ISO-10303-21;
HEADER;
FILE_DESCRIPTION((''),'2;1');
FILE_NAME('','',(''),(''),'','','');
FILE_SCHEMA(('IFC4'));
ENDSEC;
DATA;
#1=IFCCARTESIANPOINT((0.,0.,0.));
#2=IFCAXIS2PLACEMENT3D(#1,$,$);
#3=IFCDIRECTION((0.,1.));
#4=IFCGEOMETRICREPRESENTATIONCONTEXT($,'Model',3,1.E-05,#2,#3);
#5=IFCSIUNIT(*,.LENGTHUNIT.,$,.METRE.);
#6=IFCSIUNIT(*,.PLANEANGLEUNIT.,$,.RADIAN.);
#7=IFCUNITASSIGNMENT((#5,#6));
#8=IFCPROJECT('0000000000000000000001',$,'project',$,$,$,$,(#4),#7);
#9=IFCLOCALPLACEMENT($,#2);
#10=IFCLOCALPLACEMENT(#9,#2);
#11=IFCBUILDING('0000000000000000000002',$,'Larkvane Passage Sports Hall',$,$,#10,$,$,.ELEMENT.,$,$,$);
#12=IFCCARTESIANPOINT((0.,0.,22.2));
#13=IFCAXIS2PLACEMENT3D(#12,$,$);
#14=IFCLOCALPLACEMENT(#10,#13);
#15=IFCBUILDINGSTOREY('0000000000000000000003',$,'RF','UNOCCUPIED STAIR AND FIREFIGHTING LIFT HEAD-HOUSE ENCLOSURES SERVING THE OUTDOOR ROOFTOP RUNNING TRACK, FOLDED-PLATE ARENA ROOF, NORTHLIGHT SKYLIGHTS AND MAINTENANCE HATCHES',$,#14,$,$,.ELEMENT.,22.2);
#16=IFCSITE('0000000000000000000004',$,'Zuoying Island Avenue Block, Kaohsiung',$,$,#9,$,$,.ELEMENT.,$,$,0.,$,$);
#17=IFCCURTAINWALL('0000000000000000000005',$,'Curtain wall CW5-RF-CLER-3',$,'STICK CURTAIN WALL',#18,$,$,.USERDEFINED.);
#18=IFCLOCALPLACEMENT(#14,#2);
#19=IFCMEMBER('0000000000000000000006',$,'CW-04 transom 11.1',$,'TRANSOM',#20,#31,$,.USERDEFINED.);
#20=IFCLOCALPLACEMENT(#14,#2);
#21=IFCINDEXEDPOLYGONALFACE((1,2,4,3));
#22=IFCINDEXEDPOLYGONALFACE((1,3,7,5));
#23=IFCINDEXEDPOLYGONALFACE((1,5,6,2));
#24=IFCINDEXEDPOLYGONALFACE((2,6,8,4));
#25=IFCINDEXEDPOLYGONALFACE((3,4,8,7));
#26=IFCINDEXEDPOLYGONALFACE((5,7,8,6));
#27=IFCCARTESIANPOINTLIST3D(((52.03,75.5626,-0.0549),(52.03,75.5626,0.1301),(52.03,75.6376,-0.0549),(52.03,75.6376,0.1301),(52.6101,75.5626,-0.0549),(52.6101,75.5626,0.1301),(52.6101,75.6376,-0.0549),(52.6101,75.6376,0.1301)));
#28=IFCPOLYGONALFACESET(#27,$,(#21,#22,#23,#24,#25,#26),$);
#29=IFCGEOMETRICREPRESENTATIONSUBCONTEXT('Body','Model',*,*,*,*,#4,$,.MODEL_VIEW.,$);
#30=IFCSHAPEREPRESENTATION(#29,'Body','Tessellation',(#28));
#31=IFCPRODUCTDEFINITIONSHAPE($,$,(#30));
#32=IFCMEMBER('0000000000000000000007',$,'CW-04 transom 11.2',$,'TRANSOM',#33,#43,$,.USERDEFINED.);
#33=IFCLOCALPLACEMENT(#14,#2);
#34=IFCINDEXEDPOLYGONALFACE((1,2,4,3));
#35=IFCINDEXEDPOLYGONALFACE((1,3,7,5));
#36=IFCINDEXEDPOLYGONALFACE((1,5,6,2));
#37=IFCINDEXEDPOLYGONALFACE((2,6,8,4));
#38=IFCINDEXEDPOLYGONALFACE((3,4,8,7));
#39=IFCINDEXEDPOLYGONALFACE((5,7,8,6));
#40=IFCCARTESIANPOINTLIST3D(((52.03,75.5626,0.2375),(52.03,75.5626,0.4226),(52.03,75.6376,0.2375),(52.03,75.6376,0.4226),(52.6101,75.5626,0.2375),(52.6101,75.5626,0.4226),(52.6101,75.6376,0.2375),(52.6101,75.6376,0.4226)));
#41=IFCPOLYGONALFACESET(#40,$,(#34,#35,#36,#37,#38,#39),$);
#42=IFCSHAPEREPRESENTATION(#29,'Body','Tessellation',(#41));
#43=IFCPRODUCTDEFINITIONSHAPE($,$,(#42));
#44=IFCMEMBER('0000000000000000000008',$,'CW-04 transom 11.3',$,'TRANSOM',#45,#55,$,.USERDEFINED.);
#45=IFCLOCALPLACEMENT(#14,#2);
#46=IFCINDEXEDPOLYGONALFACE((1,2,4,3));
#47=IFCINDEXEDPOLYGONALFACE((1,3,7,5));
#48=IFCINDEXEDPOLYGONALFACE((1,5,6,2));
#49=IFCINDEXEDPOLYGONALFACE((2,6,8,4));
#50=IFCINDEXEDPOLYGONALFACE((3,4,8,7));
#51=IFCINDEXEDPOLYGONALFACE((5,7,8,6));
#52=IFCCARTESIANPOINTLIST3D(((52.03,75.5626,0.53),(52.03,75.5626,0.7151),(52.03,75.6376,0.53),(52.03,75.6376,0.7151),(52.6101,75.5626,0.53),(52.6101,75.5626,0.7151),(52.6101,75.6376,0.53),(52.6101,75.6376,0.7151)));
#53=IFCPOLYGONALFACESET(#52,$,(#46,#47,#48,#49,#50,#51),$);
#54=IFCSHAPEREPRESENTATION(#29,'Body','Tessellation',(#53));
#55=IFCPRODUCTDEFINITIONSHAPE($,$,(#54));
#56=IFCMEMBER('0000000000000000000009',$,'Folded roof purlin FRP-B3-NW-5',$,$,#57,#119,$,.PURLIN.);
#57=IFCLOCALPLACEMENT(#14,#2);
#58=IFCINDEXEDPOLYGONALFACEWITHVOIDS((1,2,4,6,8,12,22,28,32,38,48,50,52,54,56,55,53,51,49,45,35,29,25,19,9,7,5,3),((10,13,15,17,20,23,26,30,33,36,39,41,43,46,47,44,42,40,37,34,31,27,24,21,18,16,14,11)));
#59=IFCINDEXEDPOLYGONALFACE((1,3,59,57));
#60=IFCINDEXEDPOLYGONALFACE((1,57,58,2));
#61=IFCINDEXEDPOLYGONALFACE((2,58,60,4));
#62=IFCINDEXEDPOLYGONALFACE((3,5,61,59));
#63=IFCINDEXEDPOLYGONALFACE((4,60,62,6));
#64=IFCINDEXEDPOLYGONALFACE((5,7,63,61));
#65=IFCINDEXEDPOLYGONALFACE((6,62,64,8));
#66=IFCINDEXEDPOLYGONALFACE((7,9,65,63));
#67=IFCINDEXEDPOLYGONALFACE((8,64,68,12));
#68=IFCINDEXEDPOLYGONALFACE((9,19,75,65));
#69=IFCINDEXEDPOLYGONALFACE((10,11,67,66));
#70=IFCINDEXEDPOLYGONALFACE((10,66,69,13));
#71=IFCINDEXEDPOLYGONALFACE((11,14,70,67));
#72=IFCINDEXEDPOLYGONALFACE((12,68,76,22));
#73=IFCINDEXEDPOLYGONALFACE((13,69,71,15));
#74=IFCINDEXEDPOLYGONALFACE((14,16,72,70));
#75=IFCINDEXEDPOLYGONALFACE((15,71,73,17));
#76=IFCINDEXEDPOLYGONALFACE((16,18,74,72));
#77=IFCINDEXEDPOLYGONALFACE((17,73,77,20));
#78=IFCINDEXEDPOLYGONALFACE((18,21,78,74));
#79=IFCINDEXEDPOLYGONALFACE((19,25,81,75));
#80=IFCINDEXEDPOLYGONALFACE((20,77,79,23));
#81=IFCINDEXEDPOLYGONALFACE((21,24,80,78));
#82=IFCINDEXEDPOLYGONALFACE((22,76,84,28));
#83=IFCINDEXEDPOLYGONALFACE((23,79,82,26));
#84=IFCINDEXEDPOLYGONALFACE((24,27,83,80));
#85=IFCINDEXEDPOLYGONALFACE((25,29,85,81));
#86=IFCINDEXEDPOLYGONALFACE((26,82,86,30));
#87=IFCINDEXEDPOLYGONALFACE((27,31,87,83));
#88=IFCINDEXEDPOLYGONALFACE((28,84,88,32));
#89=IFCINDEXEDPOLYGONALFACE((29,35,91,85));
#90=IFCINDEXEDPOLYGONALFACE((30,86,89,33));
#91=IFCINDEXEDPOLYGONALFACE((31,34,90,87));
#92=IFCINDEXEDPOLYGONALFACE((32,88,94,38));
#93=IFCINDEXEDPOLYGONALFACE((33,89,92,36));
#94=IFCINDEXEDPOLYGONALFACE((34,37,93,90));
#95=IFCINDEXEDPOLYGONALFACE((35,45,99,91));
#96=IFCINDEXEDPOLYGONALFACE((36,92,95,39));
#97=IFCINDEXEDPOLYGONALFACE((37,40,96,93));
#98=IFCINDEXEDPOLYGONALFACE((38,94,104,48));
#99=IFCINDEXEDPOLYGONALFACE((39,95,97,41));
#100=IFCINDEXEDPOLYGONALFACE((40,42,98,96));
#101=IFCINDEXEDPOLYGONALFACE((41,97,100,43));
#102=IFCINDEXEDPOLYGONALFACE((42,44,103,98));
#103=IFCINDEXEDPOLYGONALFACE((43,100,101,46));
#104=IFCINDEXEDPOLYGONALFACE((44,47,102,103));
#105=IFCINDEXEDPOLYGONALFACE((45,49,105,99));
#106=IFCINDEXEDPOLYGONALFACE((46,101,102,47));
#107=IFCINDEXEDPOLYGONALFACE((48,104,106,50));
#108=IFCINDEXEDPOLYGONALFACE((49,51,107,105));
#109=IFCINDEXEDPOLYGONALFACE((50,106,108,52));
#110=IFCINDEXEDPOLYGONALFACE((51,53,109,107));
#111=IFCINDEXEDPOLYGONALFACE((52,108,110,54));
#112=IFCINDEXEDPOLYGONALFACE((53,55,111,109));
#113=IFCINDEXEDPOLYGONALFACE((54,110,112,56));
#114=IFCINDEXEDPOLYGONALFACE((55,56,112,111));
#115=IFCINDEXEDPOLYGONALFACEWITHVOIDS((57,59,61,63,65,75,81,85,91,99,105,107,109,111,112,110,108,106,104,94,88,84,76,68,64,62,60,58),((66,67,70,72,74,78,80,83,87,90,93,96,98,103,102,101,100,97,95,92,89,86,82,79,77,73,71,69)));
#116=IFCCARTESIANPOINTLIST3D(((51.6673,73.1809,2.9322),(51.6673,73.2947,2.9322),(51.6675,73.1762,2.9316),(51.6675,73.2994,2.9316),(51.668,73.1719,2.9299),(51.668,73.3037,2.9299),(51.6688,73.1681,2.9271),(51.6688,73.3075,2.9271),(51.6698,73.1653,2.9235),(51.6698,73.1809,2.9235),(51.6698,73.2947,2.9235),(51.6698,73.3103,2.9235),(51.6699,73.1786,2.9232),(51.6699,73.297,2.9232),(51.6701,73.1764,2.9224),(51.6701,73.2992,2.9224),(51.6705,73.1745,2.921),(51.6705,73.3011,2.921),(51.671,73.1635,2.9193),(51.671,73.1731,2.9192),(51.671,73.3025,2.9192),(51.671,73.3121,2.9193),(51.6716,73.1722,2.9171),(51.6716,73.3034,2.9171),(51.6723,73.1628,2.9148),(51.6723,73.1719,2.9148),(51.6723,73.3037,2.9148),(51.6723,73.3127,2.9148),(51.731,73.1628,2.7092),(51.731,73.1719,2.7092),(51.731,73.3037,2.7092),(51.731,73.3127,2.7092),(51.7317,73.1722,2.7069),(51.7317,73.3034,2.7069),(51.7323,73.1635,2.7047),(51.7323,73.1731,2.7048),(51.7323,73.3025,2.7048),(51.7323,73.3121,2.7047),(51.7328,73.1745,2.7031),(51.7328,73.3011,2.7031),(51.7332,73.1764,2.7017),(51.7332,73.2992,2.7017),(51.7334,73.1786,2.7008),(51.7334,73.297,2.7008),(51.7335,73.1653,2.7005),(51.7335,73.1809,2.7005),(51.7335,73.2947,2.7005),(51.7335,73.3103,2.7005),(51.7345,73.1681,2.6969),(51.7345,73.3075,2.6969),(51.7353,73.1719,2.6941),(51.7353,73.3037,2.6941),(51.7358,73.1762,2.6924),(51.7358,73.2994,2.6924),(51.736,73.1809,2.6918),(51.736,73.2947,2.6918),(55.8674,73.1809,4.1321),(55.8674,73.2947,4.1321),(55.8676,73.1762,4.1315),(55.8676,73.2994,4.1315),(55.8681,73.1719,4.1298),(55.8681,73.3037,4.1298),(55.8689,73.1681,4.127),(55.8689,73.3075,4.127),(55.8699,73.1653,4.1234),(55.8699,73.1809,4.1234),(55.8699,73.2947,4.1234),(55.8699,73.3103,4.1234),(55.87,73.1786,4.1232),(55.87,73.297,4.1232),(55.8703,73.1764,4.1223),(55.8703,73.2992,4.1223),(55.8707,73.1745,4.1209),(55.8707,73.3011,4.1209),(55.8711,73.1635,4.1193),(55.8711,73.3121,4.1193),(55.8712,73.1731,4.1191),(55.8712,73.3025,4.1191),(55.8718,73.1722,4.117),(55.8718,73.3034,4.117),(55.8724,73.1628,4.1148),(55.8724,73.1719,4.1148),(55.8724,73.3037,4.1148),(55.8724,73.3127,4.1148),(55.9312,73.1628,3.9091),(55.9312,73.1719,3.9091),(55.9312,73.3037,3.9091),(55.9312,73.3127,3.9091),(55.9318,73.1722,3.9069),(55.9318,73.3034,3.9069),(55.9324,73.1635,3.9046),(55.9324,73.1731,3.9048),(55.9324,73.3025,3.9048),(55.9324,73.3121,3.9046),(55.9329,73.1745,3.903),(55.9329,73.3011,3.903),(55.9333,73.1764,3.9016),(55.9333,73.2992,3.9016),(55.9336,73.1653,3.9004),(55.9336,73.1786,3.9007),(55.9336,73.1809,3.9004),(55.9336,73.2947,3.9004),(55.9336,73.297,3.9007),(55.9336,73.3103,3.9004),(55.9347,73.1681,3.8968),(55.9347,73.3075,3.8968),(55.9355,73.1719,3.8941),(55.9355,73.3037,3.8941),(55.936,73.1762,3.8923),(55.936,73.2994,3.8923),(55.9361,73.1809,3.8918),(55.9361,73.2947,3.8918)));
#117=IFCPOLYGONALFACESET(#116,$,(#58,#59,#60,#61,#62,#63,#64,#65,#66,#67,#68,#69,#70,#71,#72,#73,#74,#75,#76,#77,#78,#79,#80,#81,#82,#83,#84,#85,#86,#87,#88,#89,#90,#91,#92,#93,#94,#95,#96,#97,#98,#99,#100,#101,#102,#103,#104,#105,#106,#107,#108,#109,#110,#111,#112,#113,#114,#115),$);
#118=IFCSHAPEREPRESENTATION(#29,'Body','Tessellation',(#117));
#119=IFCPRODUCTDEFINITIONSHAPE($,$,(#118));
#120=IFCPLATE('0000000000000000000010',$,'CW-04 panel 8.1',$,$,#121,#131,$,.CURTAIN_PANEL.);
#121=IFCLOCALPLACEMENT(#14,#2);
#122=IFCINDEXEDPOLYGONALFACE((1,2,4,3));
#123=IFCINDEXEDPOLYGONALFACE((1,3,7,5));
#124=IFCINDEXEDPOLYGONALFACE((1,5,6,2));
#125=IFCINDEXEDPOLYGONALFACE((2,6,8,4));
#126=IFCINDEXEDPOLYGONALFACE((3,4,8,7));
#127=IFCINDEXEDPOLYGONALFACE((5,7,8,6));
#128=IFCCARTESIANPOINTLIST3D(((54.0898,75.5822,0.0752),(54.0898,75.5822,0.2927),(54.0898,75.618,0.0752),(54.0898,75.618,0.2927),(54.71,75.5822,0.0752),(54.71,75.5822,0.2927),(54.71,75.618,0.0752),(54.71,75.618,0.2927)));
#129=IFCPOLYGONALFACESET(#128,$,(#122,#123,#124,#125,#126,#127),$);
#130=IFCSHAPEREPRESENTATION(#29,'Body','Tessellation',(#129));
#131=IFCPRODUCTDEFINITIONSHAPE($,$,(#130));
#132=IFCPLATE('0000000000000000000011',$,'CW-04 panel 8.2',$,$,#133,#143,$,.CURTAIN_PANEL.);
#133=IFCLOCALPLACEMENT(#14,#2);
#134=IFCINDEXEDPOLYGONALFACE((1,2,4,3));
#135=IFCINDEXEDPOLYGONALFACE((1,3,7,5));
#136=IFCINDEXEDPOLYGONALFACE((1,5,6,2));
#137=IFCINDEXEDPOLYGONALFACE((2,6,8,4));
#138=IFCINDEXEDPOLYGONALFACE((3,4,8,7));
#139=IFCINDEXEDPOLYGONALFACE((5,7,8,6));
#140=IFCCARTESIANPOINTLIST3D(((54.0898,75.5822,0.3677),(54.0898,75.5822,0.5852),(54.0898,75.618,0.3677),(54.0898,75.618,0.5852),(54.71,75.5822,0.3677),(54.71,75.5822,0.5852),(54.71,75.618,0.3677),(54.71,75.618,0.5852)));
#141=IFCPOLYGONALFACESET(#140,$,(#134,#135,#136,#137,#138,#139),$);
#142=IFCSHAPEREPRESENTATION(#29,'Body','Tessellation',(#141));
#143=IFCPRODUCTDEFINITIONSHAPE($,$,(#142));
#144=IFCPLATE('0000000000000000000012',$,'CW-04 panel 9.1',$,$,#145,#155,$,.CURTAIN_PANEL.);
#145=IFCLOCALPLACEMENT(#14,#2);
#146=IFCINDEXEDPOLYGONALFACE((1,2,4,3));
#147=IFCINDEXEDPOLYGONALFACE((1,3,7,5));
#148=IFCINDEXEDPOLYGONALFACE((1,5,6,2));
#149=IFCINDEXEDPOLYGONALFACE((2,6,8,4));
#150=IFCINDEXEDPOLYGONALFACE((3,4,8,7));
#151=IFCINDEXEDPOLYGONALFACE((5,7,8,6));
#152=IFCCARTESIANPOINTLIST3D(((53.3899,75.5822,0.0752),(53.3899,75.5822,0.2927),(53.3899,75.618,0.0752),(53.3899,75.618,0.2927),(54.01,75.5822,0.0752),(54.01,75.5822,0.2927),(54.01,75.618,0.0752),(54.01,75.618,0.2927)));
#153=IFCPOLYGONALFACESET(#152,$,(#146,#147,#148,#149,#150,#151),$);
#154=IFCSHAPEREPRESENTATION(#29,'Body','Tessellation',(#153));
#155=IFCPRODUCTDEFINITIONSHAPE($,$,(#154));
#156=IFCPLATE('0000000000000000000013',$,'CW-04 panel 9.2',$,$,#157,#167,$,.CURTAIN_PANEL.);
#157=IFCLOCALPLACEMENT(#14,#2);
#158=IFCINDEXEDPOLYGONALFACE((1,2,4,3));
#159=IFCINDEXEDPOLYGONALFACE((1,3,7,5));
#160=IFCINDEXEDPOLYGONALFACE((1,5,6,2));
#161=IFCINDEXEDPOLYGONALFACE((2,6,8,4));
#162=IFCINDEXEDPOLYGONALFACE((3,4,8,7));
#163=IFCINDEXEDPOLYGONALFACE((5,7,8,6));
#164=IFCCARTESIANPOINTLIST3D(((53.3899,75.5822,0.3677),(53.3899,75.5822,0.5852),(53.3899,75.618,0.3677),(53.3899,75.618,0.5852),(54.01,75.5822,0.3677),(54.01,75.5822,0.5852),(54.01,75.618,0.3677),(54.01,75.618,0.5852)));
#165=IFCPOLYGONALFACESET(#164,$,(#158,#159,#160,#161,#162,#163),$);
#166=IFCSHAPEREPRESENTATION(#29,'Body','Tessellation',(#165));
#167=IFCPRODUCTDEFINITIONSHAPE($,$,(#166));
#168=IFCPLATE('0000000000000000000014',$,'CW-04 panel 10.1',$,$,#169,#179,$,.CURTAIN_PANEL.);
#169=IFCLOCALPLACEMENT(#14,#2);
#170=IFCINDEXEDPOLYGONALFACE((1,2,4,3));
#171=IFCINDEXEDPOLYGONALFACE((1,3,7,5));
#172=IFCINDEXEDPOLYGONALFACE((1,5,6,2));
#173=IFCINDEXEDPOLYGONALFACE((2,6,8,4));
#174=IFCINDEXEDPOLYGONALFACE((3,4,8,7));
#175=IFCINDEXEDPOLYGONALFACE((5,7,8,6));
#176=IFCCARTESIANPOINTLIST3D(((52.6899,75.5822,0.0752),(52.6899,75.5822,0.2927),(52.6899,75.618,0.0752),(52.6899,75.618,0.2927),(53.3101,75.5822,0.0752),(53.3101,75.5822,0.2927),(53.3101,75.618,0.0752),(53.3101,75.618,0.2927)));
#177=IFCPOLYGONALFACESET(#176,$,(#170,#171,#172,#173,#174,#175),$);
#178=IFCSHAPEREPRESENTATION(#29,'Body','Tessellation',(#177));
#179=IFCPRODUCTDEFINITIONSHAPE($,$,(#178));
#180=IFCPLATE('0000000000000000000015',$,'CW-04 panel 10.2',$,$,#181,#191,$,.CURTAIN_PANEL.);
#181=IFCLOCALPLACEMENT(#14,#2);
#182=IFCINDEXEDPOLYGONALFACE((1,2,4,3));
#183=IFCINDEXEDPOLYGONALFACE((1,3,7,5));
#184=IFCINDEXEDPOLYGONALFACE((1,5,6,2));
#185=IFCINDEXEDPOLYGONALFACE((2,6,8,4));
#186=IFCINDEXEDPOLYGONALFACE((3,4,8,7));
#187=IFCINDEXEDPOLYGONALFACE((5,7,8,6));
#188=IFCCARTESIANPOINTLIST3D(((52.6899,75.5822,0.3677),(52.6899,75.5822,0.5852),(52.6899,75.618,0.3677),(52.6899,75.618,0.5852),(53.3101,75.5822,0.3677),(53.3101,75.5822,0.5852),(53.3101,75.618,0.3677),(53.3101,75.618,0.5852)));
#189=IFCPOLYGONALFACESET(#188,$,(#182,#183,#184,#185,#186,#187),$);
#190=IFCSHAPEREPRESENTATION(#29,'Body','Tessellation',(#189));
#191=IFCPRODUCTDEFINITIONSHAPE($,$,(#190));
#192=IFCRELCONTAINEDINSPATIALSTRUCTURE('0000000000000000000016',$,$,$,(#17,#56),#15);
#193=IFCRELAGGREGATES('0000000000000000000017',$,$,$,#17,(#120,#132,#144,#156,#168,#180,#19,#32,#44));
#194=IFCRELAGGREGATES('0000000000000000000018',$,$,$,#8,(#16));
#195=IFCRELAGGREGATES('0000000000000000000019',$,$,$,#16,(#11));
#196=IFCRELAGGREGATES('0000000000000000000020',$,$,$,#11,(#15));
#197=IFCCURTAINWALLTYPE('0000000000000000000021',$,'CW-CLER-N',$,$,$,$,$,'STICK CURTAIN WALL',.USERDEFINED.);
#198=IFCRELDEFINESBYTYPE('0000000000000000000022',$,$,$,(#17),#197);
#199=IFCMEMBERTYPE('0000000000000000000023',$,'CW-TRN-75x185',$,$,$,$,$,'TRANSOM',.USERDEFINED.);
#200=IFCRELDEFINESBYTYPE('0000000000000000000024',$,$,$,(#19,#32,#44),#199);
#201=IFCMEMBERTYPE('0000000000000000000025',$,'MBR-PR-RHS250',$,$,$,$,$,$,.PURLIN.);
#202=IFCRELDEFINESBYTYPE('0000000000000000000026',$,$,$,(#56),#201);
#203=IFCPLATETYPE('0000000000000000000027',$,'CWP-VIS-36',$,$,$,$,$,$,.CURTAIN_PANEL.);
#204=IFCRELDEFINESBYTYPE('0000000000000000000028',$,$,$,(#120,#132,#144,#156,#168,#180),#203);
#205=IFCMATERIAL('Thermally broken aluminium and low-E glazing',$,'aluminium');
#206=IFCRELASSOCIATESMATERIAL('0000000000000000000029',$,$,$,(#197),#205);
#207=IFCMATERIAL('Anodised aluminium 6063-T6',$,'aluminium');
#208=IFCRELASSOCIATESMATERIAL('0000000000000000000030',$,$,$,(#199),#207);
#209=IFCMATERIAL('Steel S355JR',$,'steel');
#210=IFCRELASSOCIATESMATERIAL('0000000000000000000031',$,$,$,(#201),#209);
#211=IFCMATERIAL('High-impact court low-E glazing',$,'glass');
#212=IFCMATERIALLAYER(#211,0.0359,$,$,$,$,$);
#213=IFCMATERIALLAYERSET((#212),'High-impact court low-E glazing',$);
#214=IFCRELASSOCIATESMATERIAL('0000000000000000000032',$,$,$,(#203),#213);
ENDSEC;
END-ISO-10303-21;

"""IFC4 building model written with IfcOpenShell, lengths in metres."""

from ifc_helpers import new_model, si_unit, direction, frame, origin, origin_2d, place, context, subcontext, project, spatial, rectangle, hollow_rectangle, extrude, material, layer, layer_set, material_profile, profile_set, type_object, element, aggregate, save


model = new_model("IFC4")

# Units and contexts
model_context = context("Model", 3, precision=1e-05, world=origin(), true_north=direction((0.0, 1.0)))
body_context = subcontext(model_context, "Body", "Model", "MODEL_VIEW")
ifc_project = project(units=[si_unit("LENGTHUNIT", "METRE"), si_unit("PLANEANGLEUNIT", "RADIAN")], contexts=[model_context])

# Site, building, storey
site_placement = place(None, origin())
site = spatial("IfcSite", under=ifc_project, at=site_placement, Name="Zuoying Island Avenue Block, Kaohsiung", CompositionType="ELEMENT", RefElevation=0.0)
building_placement = place(site_placement, origin())
building = spatial("IfcBuilding", under=site, at=building_placement, Name="Larkvane Passage Sports Hall", CompositionType="ELEMENT")
storey_placement = place(building_placement, frame((0.0, 0.0, 22.2)))
storey = spatial("IfcBuildingStorey", under=building, at=storey_placement, Name="RF", Description="UNOCCUPIED STAIR AND FIREFIGHTING LIFT HEAD-HOUSE ENCLOSURES SERVING THE OUTDOOR ROOFTOP RUNNING TRACK, FOLDED-PLATE ARENA ROOF, NORTHLIGHT SKYLIGHTS AND MAINTENANCE HATCHES", CompositionType="ELEMENT", Elevation=22.2)

# Shared definitions
ifc_material_1 = material(Name="Steel S355JR", Category="steel")

# Curtain wall, members
ifc_material_2 = material(Name="Thermally broken aluminium and low-E glazing", Category="aluminium")
curtain_wall_type = type_object("IfcCurtainWallType", Name="CW-CLER-N", ElementType="STICK CURTAIN WALL", PredefinedType="USERDEFINED", material=ifc_material_2)
curtain_wall_placement = place(storey_placement, origin())
curtain_wall = element("IfcCurtainWall", 1, at=curtain_wall_placement, inside=storey, type_object=curtain_wall_type, Name="Curtain wall CW5-RF-CLER-3", ObjectType="STICK CURTAIN WALL", PredefinedType="USERDEFINED")
ifc_material_3 = material(Name="Anodised aluminium 6063-T6", Category="aluminium")
ifc_material_profile_1 = material_profile(ifc_material_3, rectangle(XDim=0.075, YDim=0.1851, at=origin_2d()), Name="ALU-TRN-75x185")
ifc_profile_set_1 = profile_set([ifc_material_profile_1], Name="Anodised aluminium 6063-T6")
member_type_1 = type_object("IfcMemberType", Name="CW-TRN-75x185", ElementType="TRANSOM", PredefinedType="USERDEFINED", material=ifc_profile_set_1)
member_1_placement = place(storey_placement, frame((52.6101, 75.6001, 0.0376), z_axis=(-1.0, 0.0, 0.0), x_axis=(0.0, -1.0, 0.0)))
member_1 = element("IfcMember", 2, at=member_1_placement, type_object=member_type_1, Name="CW-04 transom 11.1", ObjectType="TRANSOM", PredefinedType="USERDEFINED", context=body_context, shape_type="SweptSolid", body=[
    extrude(rectangle(XDim=0.075, YDim=0.1851, at=origin_2d()), origin(), (0.0, 0.0, 1.0), 0.5801),
])
member_2_placement = place(storey_placement, frame((52.6101, 75.6001, 0.3301), z_axis=(-1.0, 0.0, 0.0), x_axis=(0.0, -1.0, 0.0)))
member_2 = element("IfcMember", 3, at=member_2_placement, type_object=member_type_1, Name="CW-04 transom 11.2", ObjectType="TRANSOM", PredefinedType="USERDEFINED", context=body_context, shape_type="SweptSolid", body=[
    extrude(rectangle(XDim=0.075, YDim=0.1851, at=origin_2d()), origin(), (0.0, 0.0, 1.0), 0.5801),
])
member_3_placement = place(storey_placement, frame((52.6101, 75.6001, 0.6226), z_axis=(-1.0, 0.0, 0.0), x_axis=(0.0, -1.0, 0.0)))
member_3 = element("IfcMember", 4, at=member_3_placement, type_object=member_type_1, Name="CW-04 transom 11.3", ObjectType="TRANSOM", PredefinedType="USERDEFINED", context=body_context, shape_type="SweptSolid", body=[
    extrude(rectangle(XDim=0.075, YDim=0.1851, at=origin_2d()), origin(), (0.0, 0.0, 1.0), 0.5801),
])

# Member
ifc_material_profile_2 = material_profile(ifc_material_1, hollow_rectangle(XDim=0.1499, YDim=0.25, WallThickness=0.009, InnerFilletRadius=0.009, OuterFilletRadius=0.0181, at=origin_2d()), Name="RHS-250x150x9")
ifc_profile_set_2 = profile_set([ifc_material_profile_2], Name="Steel S355JR")
member_type_2 = type_object("IfcMemberType", Name="MBR-PR-RHS250", PredefinedType="PURLIN", material=ifc_profile_set_2)
member_4_placement = place(storey_placement, frame((51.7017, 73.2378, 2.812), z_axis=(0.96153, 0.0, 0.274699), x_axis=(0.0, 1.0, 0.0)))
element("IfcMember", 5, at=member_4_placement, inside=storey, type_object=member_type_2, Name="Folded roof purlin FRP-B3-NW-5", PredefinedType="PURLIN", context=body_context, shape_type="SweptSolid", body=[
    extrude(hollow_rectangle(XDim=0.1499, YDim=0.25, WallThickness=0.009, InnerFilletRadius=0.009, OuterFilletRadius=0.0181, at=origin_2d()), origin(), (0.0, 0.0, 1.0), 4.3682),
])

# Plates
ifc_material_4 = material(Name="High-impact court low-E glazing", Category="glass")
ifc_layer = layer(ifc_material_4, 0.0359)
ifc_layer_set = layer_set([ifc_layer], Name="High-impact court low-E glazing")
plate_type = type_object("IfcPlateType", Name="CWP-VIS-36", PredefinedType="CURTAIN_PANEL", material=ifc_layer_set)
plate_1_placement = place(storey_placement, frame((54.3999, 75.6001, 0.0752), z_axis=(0.0, 0.0, 1.0), x_axis=(-1.0, 0.0, 0.0)))
plate_1 = element("IfcPlate", 6, at=plate_1_placement, type_object=plate_type, Name="CW-04 panel 8.1", PredefinedType="CURTAIN_PANEL", context=body_context, shape_type="SweptSolid", body=[
    extrude(rectangle(XDim=0.6201, YDim=0.0359, at=origin_2d()), origin(), (0.0, 0.0, 1.0), 0.2175),
])
plate_2_placement = place(storey_placement, frame((54.3999, 75.6001, 0.3677), z_axis=(0.0, 0.0, 1.0), x_axis=(-1.0, 0.0, 0.0)))
plate_2 = element("IfcPlate", 7, at=plate_2_placement, type_object=plate_type, Name="CW-04 panel 8.2", PredefinedType="CURTAIN_PANEL", context=body_context, shape_type="SweptSolid", body=[
    extrude(rectangle(XDim=0.6201, YDim=0.0359, at=origin_2d()), origin(), (0.0, 0.0, 1.0), 0.2175),
])
plate_3_placement = place(storey_placement, frame((53.7, 75.6001, 0.0752), z_axis=(0.0, 0.0, 1.0), x_axis=(-1.0, 0.0, 0.0)))
plate_3 = element("IfcPlate", 8, at=plate_3_placement, type_object=plate_type, Name="CW-04 panel 9.1", PredefinedType="CURTAIN_PANEL", context=body_context, shape_type="SweptSolid", body=[
    extrude(rectangle(XDim=0.6201, YDim=0.0359, at=origin_2d()), origin(), (0.0, 0.0, 1.0), 0.2175),
])
plate_4_placement = place(storey_placement, frame((53.7, 75.6001, 0.3677), z_axis=(0.0, 0.0, 1.0), x_axis=(-1.0, 0.0, 0.0)))
plate_4 = element("IfcPlate", 9, at=plate_4_placement, type_object=plate_type, Name="CW-04 panel 9.2", PredefinedType="CURTAIN_PANEL", context=body_context, shape_type="SweptSolid", body=[
    extrude(rectangle(XDim=0.6201, YDim=0.0359, at=origin_2d()), origin(), (0.0, 0.0, 1.0), 0.2175),
])
plate_5_placement = place(storey_placement, frame((53.0, 75.6001, 0.0752), z_axis=(0.0, 0.0, 1.0), x_axis=(-1.0, 0.0, 0.0)))
plate_5 = element("IfcPlate", 10, at=plate_5_placement, type_object=plate_type, Name="CW-04 panel 10.1", PredefinedType="CURTAIN_PANEL", context=body_context, shape_type="SweptSolid", body=[
    extrude(rectangle(XDim=0.6201, YDim=0.0359, at=origin_2d()), origin(), (0.0, 0.0, 1.0), 0.2175),
])
plate_6_placement = place(storey_placement, frame((53.0, 75.6001, 0.3677), z_axis=(0.0, 0.0, 1.0), x_axis=(-1.0, 0.0, 0.0)))
plate_6 = element("IfcPlate", 11, at=plate_6_placement, type_object=plate_type, Name="CW-04 panel 10.2", PredefinedType="CURTAIN_PANEL", context=body_context, shape_type="SweptSolid", body=[
    extrude(rectangle(XDim=0.6201, YDim=0.0359, at=origin_2d()), origin(), (0.0, 0.0, 1.0), 0.2175),
])
aggregate(curtain_wall, [plate_1, plate_2, plate_3, plate_4, plate_5, plate_6, member_1, member_2, member_3])

save(model, "model.ifc")
